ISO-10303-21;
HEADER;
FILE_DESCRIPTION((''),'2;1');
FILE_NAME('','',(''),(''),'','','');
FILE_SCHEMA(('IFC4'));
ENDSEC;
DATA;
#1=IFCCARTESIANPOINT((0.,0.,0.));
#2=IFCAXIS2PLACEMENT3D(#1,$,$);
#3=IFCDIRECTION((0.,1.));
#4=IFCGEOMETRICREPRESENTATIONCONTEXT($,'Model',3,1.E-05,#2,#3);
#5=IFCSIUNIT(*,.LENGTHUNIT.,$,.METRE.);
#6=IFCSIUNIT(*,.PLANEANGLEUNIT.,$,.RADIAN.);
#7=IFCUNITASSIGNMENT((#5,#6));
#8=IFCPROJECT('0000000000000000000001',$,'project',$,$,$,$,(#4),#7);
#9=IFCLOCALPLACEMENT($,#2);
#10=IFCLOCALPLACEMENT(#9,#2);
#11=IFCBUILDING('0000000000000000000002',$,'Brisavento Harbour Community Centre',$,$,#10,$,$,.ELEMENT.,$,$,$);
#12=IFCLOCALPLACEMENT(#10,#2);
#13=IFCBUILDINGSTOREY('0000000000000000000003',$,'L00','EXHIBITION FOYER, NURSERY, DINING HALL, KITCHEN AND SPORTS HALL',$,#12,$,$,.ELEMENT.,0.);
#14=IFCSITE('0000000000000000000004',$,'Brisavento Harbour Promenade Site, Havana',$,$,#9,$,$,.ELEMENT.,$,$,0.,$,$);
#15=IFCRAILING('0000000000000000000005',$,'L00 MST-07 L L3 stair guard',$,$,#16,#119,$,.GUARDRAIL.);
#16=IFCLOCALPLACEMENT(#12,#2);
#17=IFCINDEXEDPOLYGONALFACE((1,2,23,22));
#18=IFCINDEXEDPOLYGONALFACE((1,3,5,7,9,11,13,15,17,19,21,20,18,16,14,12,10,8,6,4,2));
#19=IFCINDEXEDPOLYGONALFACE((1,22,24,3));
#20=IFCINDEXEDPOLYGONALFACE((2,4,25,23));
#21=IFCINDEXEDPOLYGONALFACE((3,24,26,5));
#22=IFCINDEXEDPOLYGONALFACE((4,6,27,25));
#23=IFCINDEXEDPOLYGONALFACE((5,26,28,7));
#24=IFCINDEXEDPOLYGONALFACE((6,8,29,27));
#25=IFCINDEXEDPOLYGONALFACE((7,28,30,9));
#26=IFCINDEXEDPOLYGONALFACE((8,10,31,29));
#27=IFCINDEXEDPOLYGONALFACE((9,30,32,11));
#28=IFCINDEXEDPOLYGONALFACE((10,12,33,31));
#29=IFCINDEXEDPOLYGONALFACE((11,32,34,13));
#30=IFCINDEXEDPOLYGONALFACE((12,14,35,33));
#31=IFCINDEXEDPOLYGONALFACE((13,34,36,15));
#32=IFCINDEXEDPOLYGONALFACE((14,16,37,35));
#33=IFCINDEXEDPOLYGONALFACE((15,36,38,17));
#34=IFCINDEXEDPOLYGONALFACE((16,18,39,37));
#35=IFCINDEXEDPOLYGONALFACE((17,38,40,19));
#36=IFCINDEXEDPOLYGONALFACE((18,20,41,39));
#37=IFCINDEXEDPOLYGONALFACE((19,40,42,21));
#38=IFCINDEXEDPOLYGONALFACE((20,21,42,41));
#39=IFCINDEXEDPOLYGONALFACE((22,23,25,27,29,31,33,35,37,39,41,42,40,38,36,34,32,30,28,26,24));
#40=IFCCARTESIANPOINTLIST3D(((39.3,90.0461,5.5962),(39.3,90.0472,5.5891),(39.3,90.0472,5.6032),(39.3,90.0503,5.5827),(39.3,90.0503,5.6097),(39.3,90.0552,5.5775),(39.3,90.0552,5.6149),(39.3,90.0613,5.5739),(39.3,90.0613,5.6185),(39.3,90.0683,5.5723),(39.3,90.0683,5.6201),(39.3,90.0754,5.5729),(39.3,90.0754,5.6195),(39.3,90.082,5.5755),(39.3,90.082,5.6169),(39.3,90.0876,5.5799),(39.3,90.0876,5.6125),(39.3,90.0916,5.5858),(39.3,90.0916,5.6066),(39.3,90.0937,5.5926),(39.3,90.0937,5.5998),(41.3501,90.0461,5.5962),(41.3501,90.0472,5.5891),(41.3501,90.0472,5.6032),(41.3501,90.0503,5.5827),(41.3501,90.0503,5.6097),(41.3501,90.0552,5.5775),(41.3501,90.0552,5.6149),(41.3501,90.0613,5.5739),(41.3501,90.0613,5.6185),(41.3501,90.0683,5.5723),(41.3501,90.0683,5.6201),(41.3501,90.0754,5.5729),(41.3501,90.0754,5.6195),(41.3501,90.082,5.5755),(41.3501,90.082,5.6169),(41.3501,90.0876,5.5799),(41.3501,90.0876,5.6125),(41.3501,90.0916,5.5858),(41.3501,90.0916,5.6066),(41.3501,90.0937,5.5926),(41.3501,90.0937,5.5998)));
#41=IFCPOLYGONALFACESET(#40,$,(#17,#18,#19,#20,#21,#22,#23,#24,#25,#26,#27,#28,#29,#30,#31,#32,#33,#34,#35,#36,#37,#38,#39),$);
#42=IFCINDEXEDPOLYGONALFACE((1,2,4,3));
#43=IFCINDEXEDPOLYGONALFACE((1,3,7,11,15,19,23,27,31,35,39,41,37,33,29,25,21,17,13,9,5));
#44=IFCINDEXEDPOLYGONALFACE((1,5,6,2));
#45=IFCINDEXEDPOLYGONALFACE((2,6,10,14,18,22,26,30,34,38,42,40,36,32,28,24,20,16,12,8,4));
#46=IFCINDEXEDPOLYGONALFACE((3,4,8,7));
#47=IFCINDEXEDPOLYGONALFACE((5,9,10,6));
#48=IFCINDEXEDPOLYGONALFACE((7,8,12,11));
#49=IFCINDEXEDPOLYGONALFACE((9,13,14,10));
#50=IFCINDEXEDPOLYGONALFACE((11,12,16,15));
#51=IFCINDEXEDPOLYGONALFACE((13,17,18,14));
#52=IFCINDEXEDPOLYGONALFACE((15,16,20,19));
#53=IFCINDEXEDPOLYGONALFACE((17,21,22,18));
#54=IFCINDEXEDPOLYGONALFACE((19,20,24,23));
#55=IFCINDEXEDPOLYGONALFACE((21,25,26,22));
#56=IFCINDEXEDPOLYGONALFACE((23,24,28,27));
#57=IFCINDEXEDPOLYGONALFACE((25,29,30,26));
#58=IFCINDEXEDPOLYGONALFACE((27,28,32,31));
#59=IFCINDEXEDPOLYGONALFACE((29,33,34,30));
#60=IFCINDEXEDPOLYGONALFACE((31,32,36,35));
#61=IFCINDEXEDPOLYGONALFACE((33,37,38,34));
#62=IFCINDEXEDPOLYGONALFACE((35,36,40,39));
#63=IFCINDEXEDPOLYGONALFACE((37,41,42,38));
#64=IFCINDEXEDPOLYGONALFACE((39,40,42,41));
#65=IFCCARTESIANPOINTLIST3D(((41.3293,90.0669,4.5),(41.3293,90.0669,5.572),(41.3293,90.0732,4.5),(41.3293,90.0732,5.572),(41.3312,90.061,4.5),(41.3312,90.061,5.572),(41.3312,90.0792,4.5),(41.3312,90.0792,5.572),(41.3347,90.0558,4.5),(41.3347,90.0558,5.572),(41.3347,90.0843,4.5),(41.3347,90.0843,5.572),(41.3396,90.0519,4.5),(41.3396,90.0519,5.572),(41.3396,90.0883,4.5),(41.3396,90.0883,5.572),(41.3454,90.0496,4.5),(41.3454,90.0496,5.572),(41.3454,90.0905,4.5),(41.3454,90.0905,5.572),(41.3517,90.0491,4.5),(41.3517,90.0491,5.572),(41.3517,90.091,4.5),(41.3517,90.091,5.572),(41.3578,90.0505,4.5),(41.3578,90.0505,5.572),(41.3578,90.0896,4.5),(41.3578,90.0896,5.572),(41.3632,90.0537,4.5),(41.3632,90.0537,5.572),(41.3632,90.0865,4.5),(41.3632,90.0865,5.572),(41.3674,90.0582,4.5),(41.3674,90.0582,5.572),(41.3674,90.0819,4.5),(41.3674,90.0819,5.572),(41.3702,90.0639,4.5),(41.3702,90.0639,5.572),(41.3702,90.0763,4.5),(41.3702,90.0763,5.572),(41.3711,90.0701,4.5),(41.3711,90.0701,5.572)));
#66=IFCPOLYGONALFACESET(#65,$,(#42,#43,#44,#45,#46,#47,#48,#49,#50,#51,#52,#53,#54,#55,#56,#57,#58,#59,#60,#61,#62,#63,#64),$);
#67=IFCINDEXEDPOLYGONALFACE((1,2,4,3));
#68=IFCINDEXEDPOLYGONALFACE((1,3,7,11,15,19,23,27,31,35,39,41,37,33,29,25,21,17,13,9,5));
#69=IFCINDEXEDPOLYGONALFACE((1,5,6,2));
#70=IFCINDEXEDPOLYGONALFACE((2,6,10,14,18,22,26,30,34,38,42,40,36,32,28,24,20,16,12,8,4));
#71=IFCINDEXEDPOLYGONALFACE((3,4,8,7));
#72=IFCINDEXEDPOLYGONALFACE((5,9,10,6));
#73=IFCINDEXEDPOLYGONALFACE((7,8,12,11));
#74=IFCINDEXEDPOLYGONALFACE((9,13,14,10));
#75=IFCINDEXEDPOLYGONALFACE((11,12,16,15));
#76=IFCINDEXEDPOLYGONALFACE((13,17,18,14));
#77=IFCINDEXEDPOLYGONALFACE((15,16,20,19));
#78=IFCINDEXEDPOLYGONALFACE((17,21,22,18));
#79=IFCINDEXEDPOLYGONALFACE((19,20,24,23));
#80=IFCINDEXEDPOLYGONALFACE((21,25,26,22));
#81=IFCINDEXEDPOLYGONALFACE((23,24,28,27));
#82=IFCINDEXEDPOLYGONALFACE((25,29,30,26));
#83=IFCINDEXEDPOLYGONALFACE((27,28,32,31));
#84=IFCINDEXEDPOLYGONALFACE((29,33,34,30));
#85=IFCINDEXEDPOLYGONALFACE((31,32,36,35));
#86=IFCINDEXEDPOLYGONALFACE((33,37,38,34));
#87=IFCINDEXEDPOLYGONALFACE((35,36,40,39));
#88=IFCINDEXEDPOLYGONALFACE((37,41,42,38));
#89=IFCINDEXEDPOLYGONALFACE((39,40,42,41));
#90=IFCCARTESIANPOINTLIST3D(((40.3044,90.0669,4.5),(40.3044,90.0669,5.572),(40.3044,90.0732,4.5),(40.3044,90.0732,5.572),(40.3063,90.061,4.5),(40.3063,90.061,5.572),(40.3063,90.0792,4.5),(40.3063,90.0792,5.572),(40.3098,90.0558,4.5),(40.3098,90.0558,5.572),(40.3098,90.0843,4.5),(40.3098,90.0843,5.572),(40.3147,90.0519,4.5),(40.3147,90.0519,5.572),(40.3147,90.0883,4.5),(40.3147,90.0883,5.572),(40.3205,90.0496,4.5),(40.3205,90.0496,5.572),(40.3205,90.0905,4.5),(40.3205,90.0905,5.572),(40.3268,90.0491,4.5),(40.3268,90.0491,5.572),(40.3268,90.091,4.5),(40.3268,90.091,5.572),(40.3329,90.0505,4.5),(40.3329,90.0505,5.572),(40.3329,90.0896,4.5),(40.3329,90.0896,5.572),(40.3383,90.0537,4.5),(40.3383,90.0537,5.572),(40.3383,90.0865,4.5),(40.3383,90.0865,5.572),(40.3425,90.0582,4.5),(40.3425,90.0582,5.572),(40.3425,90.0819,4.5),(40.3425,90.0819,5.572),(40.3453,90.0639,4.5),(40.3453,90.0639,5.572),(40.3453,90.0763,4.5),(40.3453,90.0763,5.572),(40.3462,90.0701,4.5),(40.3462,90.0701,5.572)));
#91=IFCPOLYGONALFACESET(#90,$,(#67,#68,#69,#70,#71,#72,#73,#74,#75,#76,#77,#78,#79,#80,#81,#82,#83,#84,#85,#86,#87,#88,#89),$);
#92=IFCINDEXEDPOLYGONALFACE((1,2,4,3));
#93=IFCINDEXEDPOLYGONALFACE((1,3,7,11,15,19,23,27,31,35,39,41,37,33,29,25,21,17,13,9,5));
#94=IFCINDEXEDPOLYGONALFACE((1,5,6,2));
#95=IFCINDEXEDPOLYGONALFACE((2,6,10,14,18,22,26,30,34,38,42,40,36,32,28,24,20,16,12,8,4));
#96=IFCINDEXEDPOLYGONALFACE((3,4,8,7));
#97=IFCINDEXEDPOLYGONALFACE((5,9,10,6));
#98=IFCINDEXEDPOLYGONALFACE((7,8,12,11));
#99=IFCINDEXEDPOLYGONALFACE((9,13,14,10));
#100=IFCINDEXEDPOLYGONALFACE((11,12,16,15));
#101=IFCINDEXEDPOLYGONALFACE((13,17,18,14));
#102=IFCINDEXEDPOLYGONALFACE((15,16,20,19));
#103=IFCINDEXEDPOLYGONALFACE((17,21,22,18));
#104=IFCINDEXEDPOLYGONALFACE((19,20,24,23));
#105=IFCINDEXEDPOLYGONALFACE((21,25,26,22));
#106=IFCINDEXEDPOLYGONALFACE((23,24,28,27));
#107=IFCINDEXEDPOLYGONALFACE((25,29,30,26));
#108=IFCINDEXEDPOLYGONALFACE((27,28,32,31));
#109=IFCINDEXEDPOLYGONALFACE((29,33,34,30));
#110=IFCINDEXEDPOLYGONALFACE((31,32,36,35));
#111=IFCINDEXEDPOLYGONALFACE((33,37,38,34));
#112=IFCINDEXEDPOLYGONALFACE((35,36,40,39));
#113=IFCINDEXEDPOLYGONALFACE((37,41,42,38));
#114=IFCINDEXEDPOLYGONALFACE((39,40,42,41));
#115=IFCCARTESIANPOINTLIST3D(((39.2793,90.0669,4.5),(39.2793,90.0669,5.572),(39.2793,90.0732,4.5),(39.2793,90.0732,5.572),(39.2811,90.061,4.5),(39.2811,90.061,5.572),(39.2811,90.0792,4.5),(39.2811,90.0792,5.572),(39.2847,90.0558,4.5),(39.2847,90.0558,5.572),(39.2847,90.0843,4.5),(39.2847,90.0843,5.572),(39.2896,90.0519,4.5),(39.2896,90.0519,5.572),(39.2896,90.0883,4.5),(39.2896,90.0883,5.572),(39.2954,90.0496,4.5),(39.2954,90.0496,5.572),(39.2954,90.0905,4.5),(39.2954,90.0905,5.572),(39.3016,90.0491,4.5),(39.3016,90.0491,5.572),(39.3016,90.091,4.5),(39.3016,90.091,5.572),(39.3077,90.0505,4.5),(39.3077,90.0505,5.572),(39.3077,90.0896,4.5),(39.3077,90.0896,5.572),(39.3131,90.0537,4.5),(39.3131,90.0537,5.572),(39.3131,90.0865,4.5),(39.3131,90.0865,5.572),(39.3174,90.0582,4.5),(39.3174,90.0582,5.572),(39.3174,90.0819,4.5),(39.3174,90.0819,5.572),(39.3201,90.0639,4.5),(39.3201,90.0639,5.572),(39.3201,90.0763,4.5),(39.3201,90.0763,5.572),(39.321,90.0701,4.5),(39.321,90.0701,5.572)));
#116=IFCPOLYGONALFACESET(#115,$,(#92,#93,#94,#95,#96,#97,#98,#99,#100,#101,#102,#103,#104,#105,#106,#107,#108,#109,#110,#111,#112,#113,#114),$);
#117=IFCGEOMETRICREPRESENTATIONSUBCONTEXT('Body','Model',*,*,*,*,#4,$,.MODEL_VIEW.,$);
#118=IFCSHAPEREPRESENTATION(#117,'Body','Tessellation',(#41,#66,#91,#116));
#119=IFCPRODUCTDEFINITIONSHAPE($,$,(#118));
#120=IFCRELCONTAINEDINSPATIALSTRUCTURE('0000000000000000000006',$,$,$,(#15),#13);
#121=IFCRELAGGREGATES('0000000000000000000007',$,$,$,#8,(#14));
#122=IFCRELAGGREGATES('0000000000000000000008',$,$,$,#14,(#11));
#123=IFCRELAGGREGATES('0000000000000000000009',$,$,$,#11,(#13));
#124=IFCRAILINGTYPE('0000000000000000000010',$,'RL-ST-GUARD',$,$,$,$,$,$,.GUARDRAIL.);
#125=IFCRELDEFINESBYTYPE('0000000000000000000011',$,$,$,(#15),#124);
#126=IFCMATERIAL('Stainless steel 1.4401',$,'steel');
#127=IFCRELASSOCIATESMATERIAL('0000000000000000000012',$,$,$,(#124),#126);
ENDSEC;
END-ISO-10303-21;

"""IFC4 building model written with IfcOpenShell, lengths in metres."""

from ifc_helpers import new_model, si_unit, direction, frame, origin, origin_2d, place, context, subcontext, project, spatial, circle, extrude, material, type_object, element, save


model = new_model("IFC4")

# Units and contexts
model_context = context("Model", 3, precision=1e-05, world=origin(), true_north=direction((0.0, 1.0)))
body_context = subcontext(model_context, "Body", "Model", "MODEL_VIEW")
ifc_project = project(units=[si_unit("LENGTHUNIT", "METRE"), si_unit("PLANEANGLEUNIT", "RADIAN")], contexts=[model_context])

# Site, building, storey
site_placement = place(None, origin())
site = spatial("IfcSite", under=ifc_project, at=site_placement, Name="Brisavento Harbour Promenade Site, Havana", CompositionType="ELEMENT", RefElevation=0.0)
building_placement = place(site_placement, origin())
building = spatial("IfcBuilding", under=site, at=building_placement, Name="Brisavento Harbour Community Centre", CompositionType="ELEMENT")
storey_placement = place(building_placement, origin())
storey = spatial("IfcBuildingStorey", under=building, at=storey_placement, Name="L00", Description="EXHIBITION FOYER, NURSERY, DINING HALL, KITCHEN AND SPORTS HALL", CompositionType="ELEMENT", Elevation=0.0)

# Railing
ifc_material_1 = material(Name="Stainless steel 1.4401", Category="steel")
railing_type = type_object("IfcRailingType", Name="RL-ST-GUARD", PredefinedType="GUARDRAIL", material=ifc_material_1)
railing_1_placement = place(storey_placement, frame((41.3501, 90.0701, 4.5)))
element("IfcRailing", 1, at=railing_1_placement, inside=storey, type_object=railing_type, Name="L00 MST-07 L L3 stair guard", PredefinedType="GUARDRAIL", context=body_context, shape_type="SweptSolid", body=[
    extrude(circle(Radius=0.0239, at=origin_2d()), frame((0.0, 0.0, 1.0962), z_axis=(-1.0, 0.0, 0.0), x_axis=(0.0, -1.0, 0.0)), (0.0, 0.0, 1.0), 2.05),
    extrude(circle(Radius=0.021, at=origin_2d()), origin(), (0.0, 0.0, 1.0), 1.072),
    extrude(circle(Radius=0.021, at=origin_2d()), frame((-1.0249, 0.0, 0.0)), (0.0, 0.0, 1.0), 1.072),
    extrude(circle(Radius=0.021, at=origin_2d()), frame((-2.05, 0.0, 0.0)), (0.0, 0.0, 1.0), 1.072),
])

save(model, "model.ifc")
